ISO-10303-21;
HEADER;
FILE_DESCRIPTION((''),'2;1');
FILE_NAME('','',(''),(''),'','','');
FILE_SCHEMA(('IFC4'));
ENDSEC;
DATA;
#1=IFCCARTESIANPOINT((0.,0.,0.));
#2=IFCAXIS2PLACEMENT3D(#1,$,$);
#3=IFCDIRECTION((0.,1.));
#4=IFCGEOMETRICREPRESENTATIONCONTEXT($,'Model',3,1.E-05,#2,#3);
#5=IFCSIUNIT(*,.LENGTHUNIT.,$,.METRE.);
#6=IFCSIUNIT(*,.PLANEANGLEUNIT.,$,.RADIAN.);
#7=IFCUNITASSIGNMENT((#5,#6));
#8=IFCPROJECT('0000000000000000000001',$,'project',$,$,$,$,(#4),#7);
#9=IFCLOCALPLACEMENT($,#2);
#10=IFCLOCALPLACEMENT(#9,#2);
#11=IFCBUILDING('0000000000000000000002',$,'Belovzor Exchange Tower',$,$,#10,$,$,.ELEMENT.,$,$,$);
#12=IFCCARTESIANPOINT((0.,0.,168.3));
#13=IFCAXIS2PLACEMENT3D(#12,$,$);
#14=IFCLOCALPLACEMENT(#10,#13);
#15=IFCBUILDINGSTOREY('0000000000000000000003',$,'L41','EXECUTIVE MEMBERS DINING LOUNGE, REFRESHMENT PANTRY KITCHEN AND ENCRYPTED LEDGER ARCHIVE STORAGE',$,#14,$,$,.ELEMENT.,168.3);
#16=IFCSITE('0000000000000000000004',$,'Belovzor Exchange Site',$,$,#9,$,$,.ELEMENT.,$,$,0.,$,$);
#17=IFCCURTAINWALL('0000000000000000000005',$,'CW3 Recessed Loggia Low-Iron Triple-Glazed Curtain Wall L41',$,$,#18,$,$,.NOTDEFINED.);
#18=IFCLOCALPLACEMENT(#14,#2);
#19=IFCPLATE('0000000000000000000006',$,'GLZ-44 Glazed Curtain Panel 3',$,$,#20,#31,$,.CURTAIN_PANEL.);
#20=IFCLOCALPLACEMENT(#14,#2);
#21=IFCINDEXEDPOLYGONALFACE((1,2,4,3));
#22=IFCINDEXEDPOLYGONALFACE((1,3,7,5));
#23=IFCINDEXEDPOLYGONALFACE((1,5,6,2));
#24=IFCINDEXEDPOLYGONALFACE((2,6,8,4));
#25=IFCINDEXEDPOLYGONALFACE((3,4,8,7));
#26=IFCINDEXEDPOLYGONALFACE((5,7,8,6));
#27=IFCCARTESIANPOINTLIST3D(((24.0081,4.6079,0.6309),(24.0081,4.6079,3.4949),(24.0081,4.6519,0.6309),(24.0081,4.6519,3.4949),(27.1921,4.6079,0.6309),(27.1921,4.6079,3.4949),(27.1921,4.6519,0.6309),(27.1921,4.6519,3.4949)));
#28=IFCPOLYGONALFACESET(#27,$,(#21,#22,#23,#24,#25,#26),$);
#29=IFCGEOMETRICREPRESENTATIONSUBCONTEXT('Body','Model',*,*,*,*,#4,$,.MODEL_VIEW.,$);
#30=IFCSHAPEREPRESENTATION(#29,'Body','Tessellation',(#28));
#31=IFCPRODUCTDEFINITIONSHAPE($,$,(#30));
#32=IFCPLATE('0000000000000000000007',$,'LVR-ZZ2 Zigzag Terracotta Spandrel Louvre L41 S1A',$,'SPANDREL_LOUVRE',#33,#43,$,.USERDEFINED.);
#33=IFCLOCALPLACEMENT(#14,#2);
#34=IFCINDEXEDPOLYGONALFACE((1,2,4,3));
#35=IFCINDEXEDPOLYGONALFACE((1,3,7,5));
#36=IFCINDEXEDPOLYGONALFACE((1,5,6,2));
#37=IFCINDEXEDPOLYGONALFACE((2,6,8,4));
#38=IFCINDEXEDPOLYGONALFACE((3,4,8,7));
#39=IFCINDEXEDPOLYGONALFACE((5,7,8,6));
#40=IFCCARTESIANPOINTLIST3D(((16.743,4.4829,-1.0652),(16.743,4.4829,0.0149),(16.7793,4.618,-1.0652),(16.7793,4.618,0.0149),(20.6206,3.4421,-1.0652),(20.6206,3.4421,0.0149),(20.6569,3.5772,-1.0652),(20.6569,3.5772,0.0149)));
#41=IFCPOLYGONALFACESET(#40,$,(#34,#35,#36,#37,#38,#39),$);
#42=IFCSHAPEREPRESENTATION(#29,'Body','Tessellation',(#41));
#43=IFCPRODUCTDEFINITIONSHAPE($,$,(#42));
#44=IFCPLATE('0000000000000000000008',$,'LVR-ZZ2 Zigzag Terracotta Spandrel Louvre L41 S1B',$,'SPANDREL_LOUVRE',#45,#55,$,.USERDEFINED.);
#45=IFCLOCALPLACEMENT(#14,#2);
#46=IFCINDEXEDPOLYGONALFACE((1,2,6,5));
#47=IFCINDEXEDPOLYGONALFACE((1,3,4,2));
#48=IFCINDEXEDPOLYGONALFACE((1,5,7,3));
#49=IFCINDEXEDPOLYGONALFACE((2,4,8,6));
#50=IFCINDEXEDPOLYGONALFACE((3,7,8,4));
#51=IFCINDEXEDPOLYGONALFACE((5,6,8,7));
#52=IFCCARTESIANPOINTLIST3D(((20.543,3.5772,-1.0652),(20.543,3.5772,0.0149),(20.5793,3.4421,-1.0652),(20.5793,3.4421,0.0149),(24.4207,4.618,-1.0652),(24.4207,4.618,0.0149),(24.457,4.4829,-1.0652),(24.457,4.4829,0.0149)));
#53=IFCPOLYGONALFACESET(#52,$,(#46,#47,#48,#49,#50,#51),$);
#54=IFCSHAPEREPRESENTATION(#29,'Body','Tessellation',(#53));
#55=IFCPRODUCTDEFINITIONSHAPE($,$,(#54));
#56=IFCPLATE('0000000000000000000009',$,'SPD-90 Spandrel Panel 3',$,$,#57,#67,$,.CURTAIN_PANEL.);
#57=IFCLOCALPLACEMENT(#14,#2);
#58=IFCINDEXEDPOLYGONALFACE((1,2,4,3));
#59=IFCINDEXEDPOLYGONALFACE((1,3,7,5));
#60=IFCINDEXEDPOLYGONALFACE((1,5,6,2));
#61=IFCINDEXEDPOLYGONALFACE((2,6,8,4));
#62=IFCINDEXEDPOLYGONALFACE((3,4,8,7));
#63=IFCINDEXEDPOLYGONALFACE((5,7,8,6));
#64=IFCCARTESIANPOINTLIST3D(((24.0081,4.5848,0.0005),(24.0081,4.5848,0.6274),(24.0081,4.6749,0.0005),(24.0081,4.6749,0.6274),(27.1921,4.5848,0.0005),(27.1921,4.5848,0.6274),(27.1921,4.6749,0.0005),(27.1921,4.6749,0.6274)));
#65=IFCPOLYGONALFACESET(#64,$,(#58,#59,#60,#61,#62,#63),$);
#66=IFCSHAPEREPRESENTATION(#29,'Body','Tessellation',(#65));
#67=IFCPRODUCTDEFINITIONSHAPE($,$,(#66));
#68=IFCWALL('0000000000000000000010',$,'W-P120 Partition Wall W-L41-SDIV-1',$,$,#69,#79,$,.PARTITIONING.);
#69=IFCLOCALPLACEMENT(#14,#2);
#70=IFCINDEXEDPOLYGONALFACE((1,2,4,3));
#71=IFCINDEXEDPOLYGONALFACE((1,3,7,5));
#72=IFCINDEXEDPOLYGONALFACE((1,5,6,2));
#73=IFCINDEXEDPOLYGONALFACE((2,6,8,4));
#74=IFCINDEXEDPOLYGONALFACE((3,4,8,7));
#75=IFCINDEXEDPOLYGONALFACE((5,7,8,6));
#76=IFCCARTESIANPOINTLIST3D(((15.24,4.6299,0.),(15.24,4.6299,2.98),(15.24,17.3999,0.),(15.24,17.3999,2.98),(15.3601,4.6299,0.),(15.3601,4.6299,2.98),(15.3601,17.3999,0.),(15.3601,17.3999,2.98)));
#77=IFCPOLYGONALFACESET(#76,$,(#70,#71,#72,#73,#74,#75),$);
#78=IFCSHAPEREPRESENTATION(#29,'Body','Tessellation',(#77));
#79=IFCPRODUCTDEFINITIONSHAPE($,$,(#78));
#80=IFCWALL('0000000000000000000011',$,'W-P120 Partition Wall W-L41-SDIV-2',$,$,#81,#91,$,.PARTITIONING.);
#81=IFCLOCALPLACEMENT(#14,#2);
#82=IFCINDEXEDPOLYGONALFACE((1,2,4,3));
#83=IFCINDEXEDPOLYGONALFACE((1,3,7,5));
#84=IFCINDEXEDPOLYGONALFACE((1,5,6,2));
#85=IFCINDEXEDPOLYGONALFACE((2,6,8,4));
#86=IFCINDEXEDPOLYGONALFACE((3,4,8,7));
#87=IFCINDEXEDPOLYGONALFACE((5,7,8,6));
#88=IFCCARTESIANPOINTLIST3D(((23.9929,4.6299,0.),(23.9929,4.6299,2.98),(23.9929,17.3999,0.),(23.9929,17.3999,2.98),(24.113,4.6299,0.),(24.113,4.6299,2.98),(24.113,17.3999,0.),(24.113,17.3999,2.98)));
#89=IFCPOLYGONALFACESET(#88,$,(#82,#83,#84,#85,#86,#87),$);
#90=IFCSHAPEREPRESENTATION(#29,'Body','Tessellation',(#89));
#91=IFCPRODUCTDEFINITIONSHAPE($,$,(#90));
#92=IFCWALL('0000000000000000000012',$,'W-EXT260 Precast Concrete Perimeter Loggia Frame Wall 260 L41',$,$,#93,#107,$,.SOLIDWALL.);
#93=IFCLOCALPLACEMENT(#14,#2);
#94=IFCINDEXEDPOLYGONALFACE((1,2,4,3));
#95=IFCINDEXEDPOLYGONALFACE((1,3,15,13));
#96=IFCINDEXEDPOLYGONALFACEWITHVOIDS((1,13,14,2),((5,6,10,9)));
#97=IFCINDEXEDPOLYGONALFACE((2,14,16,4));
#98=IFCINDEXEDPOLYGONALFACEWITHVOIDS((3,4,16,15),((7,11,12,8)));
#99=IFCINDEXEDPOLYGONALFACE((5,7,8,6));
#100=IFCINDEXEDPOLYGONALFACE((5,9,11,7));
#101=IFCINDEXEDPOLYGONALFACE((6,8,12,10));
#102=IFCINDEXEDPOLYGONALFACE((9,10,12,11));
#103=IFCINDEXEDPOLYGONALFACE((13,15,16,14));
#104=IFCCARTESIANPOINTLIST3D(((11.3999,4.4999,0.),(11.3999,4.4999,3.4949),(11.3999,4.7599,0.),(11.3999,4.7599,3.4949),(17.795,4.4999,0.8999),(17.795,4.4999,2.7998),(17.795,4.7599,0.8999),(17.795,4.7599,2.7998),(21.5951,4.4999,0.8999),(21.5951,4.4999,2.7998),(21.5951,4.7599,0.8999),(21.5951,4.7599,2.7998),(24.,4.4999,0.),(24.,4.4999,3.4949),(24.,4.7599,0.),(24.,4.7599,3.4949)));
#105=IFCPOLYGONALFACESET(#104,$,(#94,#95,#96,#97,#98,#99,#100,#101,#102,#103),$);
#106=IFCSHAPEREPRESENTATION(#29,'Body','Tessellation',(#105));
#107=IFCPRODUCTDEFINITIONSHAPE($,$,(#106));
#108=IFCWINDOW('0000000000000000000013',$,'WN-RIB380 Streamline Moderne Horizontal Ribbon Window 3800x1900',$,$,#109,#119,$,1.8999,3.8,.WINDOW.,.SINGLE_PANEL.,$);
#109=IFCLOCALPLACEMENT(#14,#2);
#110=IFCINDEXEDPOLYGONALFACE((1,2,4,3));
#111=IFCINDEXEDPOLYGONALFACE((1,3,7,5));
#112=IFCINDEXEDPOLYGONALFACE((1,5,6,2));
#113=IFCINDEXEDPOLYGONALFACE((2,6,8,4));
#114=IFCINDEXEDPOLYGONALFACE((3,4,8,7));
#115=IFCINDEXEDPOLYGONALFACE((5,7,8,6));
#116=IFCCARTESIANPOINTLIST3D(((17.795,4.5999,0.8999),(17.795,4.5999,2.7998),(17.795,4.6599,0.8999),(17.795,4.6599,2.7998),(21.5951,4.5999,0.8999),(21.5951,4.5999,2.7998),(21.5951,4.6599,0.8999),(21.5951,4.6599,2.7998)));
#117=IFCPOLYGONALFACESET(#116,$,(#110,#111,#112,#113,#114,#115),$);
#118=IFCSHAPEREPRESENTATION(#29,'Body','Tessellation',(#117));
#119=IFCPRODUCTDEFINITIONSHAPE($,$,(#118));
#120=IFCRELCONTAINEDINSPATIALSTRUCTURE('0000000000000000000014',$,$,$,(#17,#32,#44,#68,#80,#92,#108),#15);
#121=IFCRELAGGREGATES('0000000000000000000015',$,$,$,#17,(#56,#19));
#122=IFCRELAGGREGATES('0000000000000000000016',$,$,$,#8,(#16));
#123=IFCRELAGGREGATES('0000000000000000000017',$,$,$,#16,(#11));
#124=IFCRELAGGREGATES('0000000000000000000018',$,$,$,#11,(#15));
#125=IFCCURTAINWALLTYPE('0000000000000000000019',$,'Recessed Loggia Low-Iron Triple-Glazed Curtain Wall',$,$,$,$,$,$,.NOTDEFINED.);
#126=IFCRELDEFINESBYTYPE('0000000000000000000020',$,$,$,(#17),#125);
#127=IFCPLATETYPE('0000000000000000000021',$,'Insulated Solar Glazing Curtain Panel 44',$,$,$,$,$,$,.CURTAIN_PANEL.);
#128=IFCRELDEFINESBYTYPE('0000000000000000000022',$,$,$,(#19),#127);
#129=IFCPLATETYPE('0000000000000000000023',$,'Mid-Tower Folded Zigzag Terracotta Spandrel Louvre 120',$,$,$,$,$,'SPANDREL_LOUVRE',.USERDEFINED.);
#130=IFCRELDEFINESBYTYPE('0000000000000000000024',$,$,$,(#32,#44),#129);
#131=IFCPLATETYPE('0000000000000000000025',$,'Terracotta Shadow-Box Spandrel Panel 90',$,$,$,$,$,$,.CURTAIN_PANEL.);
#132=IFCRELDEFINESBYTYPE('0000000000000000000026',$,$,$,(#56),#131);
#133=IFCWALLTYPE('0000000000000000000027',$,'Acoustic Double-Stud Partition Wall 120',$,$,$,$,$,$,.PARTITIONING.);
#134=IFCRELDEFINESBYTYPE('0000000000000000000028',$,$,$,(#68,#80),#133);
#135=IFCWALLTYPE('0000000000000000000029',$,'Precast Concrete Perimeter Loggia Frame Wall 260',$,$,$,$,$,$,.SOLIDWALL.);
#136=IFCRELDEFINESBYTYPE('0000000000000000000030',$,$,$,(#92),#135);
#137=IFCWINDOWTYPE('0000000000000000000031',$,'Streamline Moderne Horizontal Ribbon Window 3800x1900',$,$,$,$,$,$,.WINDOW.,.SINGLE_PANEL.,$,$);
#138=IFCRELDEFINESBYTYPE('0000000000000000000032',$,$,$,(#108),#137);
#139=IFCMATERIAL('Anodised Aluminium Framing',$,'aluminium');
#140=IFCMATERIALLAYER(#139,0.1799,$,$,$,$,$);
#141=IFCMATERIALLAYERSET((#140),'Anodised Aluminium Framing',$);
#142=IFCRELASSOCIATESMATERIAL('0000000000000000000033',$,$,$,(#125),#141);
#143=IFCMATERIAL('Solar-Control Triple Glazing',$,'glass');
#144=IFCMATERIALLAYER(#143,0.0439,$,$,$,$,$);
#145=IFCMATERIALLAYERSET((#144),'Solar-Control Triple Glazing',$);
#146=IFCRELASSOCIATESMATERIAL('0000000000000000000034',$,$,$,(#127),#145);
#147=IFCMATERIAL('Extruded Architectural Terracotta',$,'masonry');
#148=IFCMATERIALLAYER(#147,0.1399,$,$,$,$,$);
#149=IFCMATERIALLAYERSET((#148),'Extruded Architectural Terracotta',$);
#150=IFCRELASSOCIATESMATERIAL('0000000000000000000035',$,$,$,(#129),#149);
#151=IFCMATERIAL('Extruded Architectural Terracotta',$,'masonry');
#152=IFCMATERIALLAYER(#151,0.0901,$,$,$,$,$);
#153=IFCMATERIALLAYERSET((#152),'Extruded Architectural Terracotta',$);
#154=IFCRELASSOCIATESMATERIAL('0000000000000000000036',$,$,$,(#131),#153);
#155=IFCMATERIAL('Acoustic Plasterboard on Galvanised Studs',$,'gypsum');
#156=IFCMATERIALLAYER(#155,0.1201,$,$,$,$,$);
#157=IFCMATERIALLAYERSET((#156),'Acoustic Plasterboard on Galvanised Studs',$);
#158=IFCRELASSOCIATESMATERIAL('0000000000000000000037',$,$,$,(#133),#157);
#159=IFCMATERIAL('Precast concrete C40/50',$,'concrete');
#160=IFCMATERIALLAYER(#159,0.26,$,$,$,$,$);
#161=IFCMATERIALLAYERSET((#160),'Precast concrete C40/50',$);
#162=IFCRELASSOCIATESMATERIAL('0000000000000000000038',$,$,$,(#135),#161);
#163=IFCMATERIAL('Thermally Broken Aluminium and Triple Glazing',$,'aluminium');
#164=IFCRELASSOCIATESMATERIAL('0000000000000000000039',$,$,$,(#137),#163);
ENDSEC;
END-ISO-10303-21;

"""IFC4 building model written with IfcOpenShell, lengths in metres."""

from ifc_helpers import new_model, si_unit, direction, frame, frame_2d, origin, origin_2d, place, context, subcontext, project, spatial, rectangle, extrude, material, layer, layer_set, type_object, element, fill, aggregate, save


model = new_model("IFC4")

# Units and contexts
model_context = context("Model", 3, precision=1e-05, world=origin(), true_north=direction((0.0, 1.0)))
body_context = subcontext(model_context, "Body", "Model", "MODEL_VIEW")
ifc_project = project(units=[si_unit("LENGTHUNIT", "METRE"), si_unit("PLANEANGLEUNIT", "RADIAN")], contexts=[model_context])

# Site, building, storey
site_placement = place(None, origin())
site = spatial("IfcSite", under=ifc_project, at=site_placement, Name="Belovzor Exchange Site", CompositionType="ELEMENT", RefElevation=0.0)
building_placement = place(site_placement, origin())
building = spatial("IfcBuilding", under=site, at=building_placement, Name="Belovzor Exchange Tower", CompositionType="ELEMENT")
storey_placement = place(building_placement, frame((0.0, 0.0, 168.3)))
storey = spatial("IfcBuildingStorey", under=building, at=storey_placement, Name="L41", Description="EXECUTIVE MEMBERS DINING LOUNGE, REFRESHMENT PANTRY KITCHEN AND ENCRYPTED LEDGER ARCHIVE STORAGE", CompositionType="ELEMENT", Elevation=168.3)

# Curtain wall
ifc_material_1 = material(Name="Anodised Aluminium Framing", Category="aluminium")
ifc_layer_1 = layer(ifc_material_1, 0.1799)
ifc_layer_set_1 = layer_set([ifc_layer_1], Name="Anodised Aluminium Framing")
curtain_wall_type = type_object("IfcCurtainWallType", Name="Recessed Loggia Low-Iron Triple-Glazed Curtain Wall", PredefinedType="NOTDEFINED", material=ifc_layer_set_1)
curtain_wall_placement = place(storey_placement, origin())
curtain_wall = element("IfcCurtainWall", 1, at=curtain_wall_placement, inside=storey, type_object=curtain_wall_type, Name="CW3 Recessed Loggia Low-Iron Triple-Glazed Curtain Wall L41", PredefinedType="NOTDEFINED")

# Plate
ifc_material_2 = material(Name="Solar-Control Triple Glazing", Category="glass")
ifc_layer_2 = layer(ifc_material_2, 0.0439)
ifc_layer_set_2 = layer_set([ifc_layer_2], Name="Solar-Control Triple Glazing")
plate_type_1 = type_object("IfcPlateType", Name="Insulated Solar Glazing Curtain Panel 44", PredefinedType="CURTAIN_PANEL", material=ifc_layer_set_2)
plate_1_placement = place(storey_placement, frame((25.6001, 4.6299, 0.6309), z_axis=(0.0, 0.0, 1.0), x_axis=(-1.0, 0.0, 0.0)))
plate_1 = element("IfcPlate", 2, at=plate_1_placement, type_object=plate_type_1, Name="GLZ-44 Glazed Curtain Panel 3", PredefinedType="CURTAIN_PANEL", context=body_context, shape_type="SweptSolid", body=[
    extrude(rectangle(XDim=3.1841, YDim=0.0439, at=origin_2d()), origin(), (0.0, 0.0, 1.0), 2.864),
])

# Plates
ifc_material_3 = material(Name="Extruded Architectural Terracotta", Category="masonry")
ifc_layer_3 = layer(ifc_material_3, 0.1399)
ifc_layer_set_3 = layer_set([ifc_layer_3], Name="Extruded Architectural Terracotta")
plate_type_2 = type_object("IfcPlateType", Name="Mid-Tower Folded Zigzag Terracotta Spandrel Louvre 120", ElementType="SPANDREL_LOUVRE", PredefinedType="USERDEFINED", material=ifc_layer_set_3)
for number, where, z_axis, x_axis, name in (
    (3, (18.7, 4.03, -1.0652), (0.0, 0.0, 1.0), (0.965813, -0.25924, 0.0), "LVR-ZZ2 Zigzag Terracotta Spandrel Louvre L41 S1A"),
    (4, (22.5, 4.03, -1.0652), (0.0, 0.0, 1.0), (0.965813, 0.25924, 0.0), "LVR-ZZ2 Zigzag Terracotta Spandrel Louvre L41 S1B"),
):
    element("IfcPlate", number, at=place(storey_placement, frame(where, z_axis=z_axis, x_axis=x_axis)), inside=storey, type_object=plate_type_2, Name=name, ObjectType="SPANDREL_LOUVRE", PredefinedType="USERDEFINED", context=body_context, shape_type="SweptSolid", body=[
        extrude(rectangle(XDim=4.0149, YDim=0.1399, at=origin_2d()), origin(), (0.0, 0.0, 1.0), 1.0801),
    ])

# Plate
ifc_material_4 = material(Name="Extruded Architectural Terracotta", Category="masonry")
ifc_layer_4 = layer(ifc_material_4, 0.0901)
ifc_layer_set_4 = layer_set([ifc_layer_4], Name="Extruded Architectural Terracotta")
plate_type_3 = type_object("IfcPlateType", Name="Terracotta Shadow-Box Spandrel Panel 90", PredefinedType="CURTAIN_PANEL", material=ifc_layer_set_4)
plate_2_placement = place(storey_placement, frame((25.6001, 4.6299, 0.0005), z_axis=(0.0, 0.0, 1.0), x_axis=(-1.0, 0.0, 0.0)))
plate_2 = element("IfcPlate", 5, at=plate_2_placement, type_object=plate_type_3, Name="SPD-90 Spandrel Panel 3", PredefinedType="CURTAIN_PANEL", context=body_context, shape_type="SweptSolid", body=[
    extrude(rectangle(XDim=3.1841, YDim=0.0901, at=origin_2d()), origin(), (0.0, 0.0, 1.0), 0.627),
])
aggregate(curtain_wall, [plate_2, plate_1])

# Walls
ifc_material_5 = material(Name="Acoustic Plasterboard on Galvanised Studs", Category="gypsum")
ifc_layer_5 = layer(ifc_material_5, 0.1201)
ifc_layer_set_5 = layer_set([ifc_layer_5], Name="Acoustic Plasterboard on Galvanised Studs")
wall_type_1 = type_object("IfcWallType", Name="Acoustic Double-Stud Partition Wall 120", PredefinedType="PARTITIONING", material=ifc_layer_set_5)
for number, where, z_axis, x_axis, name in (
    (6, (15.3, 4.6299, 0.0), (0.0, 0.0, 1.0), (0.0, 1.0, 0.0), "W-P120 Partition Wall W-L41-SDIV-1"),
    (7, (24.053, 4.6299, 0.0), (0.0, 0.0, 1.0), (0.0, 1.0, 0.0), "W-P120 Partition Wall W-L41-SDIV-2"),
):
    element("IfcWall", number, at=place(storey_placement, frame(where, z_axis=z_axis, x_axis=x_axis)), inside=storey, type_object=wall_type_1, Name=name, PredefinedType="PARTITIONING", context=body_context, shape_type="SweptSolid", body=[
        extrude(rectangle(XDim=12.77, YDim=0.1201, at=frame_2d((6.385, 0.0))), origin(), (0.0, 0.0, 1.0), 2.98),
    ])

# Wall, opening, window
ifc_material_6 = material(Name="Precast concrete C40/50", Category="concrete")
ifc_layer_6 = layer(ifc_material_6, 0.26)
ifc_layer_set_6 = layer_set([ifc_layer_6], Name="Precast concrete C40/50")
wall_type_2 = type_object("IfcWallType", Name="Precast Concrete Perimeter Loggia Frame Wall 260", PredefinedType="SOLIDWALL", material=ifc_layer_set_6)
wall_placement = place(storey_placement, frame((24.0, 4.6299, 0.0), z_axis=(0.0, 0.0, 1.0), x_axis=(-1.0, 0.0, 0.0)))
wall = element("IfcWall", 8, at=wall_placement, inside=storey, type_object=wall_type_2, Name="W-EXT260 Precast Concrete Perimeter Loggia Frame Wall 260 L41", PredefinedType="SOLIDWALL", context=body_context, shape_type="SweptSolid", body=[
    extrude(rectangle(XDim=12.6001, YDim=0.26, at=frame_2d((6.3, 0.0))), origin(), (0.0, 0.0, 1.0), 3.4949),
])
opening_placement = place(wall_placement, frame((2.405, 0.0, 0.8999)))
opening = element("IfcOpeningElement", 9, at=opening_placement, cuts=wall, PredefinedType="OPENING", context=body_context, shape_type="SweptSolid", body=[
    extrude(rectangle(XDim=3.8, YDim=1.8999, at=frame_2d((1.8999, 0.95))), frame((0.0, 0.1399, 0.0), z_axis=(0.0, -1.0, 0.0), x_axis=(1.0, 0.0, 0.0)), (0.0, 0.0, 1.0), 0.28),
])
ifc_material_7 = material(Name="Thermally Broken Aluminium and Triple Glazing", Category="aluminium")
window_type = type_object("IfcWindowType", Name="Streamline Moderne Horizontal Ribbon Window 3800x1900", PartitioningType="SINGLE_PANEL", PredefinedType="WINDOW", material=ifc_material_7)
window_placement = place(opening_placement, origin())
window = element("IfcWindow", 10, at=window_placement, inside=storey, type_object=window_type, Name="WN-RIB380 Streamline Moderne Horizontal Ribbon Window 3800x1900", OverallHeight=1.8999, OverallWidth=3.8, PartitioningType="SINGLE_PANEL", PredefinedType="WINDOW", context=body_context, shape_type="SweptSolid", body=[
    extrude(rectangle(XDim=3.8, YDim=1.8999, at=frame_2d((1.8999, 0.95))), frame((0.0, 0.03, 0.0), z_axis=(0.0, -1.0, 0.0), x_axis=(1.0, 0.0, 0.0)), (0.0, 0.0, 1.0), 0.0601),
])
fill(opening, window)

save(model, "model.ifc")
